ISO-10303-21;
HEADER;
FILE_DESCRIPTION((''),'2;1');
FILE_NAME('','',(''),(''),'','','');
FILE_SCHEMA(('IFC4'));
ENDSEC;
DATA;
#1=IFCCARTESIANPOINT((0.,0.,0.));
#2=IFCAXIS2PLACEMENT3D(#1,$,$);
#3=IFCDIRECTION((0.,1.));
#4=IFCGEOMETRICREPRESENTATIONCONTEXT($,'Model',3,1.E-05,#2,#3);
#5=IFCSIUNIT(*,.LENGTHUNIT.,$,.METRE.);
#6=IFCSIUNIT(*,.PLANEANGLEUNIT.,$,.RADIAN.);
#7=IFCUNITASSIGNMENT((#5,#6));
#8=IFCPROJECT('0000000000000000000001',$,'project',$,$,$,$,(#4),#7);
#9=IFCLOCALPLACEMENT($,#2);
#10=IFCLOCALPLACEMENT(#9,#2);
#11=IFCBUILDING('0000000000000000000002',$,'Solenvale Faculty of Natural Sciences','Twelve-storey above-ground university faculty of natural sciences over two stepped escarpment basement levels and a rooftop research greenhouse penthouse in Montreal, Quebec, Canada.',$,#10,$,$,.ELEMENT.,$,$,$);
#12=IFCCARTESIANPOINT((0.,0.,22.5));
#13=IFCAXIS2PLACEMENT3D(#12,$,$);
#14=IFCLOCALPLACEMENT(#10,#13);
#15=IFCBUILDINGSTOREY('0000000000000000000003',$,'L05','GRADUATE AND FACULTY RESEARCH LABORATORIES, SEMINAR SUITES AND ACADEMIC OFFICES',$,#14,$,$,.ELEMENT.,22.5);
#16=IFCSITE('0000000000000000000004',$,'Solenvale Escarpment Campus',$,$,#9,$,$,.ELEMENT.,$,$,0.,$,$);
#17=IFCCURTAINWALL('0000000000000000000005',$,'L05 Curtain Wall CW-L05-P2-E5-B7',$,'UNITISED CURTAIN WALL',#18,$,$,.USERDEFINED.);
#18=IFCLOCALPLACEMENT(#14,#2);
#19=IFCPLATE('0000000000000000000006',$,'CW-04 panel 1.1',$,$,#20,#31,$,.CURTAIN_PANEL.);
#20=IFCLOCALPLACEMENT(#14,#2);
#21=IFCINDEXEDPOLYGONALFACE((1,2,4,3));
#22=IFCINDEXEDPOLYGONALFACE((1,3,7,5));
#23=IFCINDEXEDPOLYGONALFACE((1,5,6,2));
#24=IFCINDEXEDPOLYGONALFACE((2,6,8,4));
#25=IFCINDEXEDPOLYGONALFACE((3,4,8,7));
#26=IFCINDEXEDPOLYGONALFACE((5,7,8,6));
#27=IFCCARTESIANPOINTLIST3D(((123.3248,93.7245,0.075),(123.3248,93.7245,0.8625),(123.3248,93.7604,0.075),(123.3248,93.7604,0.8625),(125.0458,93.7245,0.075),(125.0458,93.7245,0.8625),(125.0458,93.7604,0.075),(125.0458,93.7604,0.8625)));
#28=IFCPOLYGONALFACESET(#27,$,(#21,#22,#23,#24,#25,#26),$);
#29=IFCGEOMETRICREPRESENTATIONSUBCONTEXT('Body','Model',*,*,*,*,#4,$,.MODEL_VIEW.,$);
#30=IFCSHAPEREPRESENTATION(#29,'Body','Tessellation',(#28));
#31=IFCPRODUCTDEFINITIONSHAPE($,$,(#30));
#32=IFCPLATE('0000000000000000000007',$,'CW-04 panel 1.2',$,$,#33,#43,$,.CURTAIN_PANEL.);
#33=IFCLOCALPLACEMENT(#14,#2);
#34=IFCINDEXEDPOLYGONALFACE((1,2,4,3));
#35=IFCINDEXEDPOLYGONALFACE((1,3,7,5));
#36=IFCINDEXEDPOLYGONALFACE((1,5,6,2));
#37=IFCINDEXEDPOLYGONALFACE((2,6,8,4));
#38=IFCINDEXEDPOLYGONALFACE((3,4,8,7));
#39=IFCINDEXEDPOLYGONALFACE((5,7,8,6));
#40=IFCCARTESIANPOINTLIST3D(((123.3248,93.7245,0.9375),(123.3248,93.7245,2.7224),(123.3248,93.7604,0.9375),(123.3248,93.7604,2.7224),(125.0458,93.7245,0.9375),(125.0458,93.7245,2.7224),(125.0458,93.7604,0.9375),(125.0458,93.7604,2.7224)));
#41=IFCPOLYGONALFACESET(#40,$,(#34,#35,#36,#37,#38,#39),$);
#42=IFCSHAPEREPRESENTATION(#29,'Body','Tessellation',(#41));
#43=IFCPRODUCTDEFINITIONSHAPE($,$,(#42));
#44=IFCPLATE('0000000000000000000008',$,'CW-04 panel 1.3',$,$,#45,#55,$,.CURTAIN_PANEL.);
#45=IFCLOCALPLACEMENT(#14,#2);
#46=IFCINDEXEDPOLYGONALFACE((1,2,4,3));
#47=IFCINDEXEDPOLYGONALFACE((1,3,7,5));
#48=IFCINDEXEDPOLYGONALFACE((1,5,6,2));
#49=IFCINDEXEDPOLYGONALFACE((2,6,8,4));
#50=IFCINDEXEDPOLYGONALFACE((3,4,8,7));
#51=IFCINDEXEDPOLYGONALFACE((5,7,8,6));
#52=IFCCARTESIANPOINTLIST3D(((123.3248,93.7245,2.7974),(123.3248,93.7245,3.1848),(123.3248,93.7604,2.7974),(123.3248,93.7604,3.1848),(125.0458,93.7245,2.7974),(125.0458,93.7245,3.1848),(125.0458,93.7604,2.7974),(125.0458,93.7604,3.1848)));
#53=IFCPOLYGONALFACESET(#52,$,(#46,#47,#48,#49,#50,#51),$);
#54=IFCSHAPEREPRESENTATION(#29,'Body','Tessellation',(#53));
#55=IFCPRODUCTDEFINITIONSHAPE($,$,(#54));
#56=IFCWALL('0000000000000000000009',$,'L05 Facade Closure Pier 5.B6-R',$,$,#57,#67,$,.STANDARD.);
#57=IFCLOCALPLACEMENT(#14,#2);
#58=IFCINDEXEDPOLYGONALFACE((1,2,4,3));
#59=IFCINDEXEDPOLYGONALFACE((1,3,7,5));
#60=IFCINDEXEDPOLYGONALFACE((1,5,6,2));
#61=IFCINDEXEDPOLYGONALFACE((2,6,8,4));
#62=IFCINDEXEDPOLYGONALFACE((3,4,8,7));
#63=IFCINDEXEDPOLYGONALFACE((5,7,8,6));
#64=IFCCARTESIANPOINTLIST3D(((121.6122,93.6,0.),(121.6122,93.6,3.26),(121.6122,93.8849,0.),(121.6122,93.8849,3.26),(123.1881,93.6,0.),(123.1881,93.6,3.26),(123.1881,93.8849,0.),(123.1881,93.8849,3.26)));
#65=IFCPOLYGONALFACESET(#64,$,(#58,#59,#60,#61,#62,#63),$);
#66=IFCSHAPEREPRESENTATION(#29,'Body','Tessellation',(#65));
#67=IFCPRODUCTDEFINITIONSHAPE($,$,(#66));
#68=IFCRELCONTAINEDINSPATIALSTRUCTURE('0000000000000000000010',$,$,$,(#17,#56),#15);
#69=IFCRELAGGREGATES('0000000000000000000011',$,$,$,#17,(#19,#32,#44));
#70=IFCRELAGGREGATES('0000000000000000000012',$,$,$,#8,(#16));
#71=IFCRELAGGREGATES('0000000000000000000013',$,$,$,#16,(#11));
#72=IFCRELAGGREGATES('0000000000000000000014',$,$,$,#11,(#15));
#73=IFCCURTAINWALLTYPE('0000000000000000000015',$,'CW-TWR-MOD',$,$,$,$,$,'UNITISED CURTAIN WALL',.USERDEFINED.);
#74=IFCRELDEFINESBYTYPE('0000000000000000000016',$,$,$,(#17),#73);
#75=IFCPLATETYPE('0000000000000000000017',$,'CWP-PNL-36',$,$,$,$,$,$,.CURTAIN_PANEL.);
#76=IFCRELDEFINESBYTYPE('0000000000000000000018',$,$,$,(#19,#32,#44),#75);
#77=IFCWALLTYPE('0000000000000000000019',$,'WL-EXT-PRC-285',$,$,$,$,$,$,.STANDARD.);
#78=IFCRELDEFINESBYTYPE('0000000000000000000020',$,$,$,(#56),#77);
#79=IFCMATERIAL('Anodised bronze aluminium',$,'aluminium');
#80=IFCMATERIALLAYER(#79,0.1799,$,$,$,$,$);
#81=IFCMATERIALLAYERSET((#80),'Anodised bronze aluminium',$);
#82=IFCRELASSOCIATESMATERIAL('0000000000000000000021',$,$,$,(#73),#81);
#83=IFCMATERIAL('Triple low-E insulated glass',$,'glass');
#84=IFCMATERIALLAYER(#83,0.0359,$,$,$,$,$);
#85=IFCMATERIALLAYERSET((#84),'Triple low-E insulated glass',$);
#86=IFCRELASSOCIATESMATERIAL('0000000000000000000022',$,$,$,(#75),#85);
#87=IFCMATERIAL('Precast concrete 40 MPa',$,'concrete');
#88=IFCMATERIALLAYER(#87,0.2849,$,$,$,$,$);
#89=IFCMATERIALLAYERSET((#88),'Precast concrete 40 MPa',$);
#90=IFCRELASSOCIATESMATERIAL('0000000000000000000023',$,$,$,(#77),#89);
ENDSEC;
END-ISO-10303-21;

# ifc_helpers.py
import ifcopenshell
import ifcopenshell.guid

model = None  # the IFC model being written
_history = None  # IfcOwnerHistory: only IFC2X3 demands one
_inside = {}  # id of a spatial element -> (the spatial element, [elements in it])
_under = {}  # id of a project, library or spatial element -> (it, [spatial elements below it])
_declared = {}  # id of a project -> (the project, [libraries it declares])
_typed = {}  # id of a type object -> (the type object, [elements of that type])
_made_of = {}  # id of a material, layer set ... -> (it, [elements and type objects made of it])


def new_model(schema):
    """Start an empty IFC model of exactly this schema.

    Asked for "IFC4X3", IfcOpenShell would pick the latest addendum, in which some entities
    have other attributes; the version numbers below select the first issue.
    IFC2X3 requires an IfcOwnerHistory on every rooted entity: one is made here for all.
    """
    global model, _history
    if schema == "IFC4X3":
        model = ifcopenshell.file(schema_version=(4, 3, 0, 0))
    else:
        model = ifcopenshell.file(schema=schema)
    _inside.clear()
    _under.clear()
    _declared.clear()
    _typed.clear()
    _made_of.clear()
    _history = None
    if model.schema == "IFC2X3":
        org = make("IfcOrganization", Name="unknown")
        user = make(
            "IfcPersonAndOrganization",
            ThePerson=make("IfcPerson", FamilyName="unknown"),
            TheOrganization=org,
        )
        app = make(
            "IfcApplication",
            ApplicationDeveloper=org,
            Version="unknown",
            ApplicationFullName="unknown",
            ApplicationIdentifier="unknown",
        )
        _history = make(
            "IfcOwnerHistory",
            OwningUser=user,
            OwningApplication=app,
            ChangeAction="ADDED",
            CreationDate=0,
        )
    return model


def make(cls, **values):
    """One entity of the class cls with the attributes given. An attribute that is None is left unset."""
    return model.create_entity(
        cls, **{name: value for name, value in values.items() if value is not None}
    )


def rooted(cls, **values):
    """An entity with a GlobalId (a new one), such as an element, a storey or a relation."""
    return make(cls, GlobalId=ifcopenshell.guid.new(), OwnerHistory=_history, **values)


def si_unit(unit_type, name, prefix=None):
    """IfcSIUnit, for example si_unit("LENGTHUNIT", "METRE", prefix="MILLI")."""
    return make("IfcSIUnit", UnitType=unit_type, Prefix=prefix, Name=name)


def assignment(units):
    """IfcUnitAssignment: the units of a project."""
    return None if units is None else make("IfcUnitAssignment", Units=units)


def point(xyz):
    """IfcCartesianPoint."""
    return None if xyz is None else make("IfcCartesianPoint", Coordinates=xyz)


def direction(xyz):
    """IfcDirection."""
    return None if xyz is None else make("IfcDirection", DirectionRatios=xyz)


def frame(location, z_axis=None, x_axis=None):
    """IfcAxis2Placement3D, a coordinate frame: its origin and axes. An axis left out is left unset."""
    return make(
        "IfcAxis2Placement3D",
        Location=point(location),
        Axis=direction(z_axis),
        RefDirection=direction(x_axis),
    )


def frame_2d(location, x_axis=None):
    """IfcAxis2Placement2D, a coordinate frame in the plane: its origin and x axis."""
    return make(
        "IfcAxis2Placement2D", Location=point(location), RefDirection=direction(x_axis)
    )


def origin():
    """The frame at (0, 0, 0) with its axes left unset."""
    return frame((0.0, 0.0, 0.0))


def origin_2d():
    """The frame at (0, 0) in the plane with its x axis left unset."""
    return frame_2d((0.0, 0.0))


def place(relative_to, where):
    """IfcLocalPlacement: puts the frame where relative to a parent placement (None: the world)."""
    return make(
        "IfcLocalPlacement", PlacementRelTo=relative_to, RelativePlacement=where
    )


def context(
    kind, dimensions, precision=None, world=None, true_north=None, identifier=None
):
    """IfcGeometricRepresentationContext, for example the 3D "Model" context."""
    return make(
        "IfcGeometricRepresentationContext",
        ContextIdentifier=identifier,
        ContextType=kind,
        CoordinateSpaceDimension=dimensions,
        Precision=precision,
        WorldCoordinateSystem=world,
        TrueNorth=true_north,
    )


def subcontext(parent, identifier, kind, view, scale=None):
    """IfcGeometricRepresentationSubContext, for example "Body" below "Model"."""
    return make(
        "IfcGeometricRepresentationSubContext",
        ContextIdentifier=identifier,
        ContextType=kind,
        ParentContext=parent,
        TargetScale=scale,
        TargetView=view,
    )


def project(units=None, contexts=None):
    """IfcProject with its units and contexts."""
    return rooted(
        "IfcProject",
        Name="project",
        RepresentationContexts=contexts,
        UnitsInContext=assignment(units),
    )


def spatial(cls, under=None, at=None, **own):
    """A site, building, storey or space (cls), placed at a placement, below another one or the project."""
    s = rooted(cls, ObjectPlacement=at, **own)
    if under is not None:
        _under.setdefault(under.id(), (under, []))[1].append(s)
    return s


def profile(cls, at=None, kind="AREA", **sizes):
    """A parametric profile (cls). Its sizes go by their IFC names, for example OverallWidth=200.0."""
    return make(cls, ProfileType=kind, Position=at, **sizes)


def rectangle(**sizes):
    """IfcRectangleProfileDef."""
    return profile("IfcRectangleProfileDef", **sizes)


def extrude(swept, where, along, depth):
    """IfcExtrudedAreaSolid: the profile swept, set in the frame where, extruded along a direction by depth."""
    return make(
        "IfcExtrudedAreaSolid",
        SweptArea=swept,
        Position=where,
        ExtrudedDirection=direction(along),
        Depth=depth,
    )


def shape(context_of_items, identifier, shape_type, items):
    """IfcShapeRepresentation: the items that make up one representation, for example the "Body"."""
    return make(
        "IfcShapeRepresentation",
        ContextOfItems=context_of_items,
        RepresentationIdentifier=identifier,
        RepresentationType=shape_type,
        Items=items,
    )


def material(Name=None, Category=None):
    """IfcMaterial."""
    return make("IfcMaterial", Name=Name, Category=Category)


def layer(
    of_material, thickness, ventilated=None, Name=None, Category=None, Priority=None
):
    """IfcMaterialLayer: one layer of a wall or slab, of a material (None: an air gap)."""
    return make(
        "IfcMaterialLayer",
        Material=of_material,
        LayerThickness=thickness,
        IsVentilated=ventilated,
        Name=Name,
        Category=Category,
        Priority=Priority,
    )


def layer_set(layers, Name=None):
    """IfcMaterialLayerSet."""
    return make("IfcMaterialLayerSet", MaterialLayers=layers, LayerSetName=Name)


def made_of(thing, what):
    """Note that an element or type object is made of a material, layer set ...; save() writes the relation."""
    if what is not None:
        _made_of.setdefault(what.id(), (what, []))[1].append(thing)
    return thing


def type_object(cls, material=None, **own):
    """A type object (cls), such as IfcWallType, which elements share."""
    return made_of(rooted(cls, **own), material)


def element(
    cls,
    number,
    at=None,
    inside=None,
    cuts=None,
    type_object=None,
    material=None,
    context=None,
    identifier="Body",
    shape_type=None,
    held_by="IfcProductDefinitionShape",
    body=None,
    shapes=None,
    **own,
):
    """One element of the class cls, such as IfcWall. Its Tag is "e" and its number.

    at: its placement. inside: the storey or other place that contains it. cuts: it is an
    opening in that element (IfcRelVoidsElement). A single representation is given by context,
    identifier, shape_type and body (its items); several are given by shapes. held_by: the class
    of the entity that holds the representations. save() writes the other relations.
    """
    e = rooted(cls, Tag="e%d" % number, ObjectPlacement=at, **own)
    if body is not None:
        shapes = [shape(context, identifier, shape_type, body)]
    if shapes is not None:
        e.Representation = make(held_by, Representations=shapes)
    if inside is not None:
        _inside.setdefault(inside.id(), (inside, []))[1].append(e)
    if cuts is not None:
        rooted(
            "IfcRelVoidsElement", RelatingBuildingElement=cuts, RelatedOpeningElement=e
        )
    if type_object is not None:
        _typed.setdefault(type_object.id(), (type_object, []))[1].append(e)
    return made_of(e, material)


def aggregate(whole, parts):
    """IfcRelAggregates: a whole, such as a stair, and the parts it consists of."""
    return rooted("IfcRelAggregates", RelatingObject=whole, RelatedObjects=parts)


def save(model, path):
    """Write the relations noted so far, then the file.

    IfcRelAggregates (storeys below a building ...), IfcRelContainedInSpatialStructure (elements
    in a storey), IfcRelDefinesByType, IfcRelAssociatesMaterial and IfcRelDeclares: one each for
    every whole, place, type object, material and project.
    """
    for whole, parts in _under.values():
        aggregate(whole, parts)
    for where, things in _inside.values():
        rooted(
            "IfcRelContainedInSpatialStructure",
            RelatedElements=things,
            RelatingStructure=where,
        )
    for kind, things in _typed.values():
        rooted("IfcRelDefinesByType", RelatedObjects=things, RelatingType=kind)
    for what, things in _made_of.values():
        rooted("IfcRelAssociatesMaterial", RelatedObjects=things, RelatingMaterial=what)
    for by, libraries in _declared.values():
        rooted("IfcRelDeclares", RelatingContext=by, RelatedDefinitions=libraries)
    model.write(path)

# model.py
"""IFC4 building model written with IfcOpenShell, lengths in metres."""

from ifc_helpers import new_model, si_unit, direction, frame, frame_2d, origin, origin_2d, place, context, subcontext, project, spatial, rectangle, extrude, material, layer, layer_set, type_object, element, aggregate, save


model = new_model("IFC4")

# Units and contexts
model_context = context("Model", 3, precision=1e-05, world=origin(), true_north=direction((0.0, 1.0)))
body_context = subcontext(model_context, "Body", "Model", "MODEL_VIEW")
ifc_project = project(units=[si_unit("LENGTHUNIT", "METRE"), si_unit("PLANEANGLEUNIT", "RADIAN")], contexts=[model_context])

# Site, building, storey
site_placement = place(None, origin())
site = spatial("IfcSite", under=ifc_project, at=site_placement, Name="Solenvale Escarpment Campus", CompositionType="ELEMENT", RefElevation=0.0)
building_placement = place(site_placement, origin())
building = spatial("IfcBuilding", under=site, at=building_placement, Name="Solenvale Faculty of Natural Sciences", Description="Twelve-storey above-ground university faculty of natural sciences over two stepped escarpment basement levels and a rooftop research greenhouse penthouse in Montreal, Quebec, Canada.", CompositionType="ELEMENT")
storey_placement = place(building_placement, frame((0.0, 0.0, 22.5)))
storey = spatial("IfcBuildingStorey", under=building, at=storey_placement, Name="L05", Description="GRADUATE AND FACULTY RESEARCH LABORATORIES, SEMINAR SUITES AND ACADEMIC OFFICES", CompositionType="ELEMENT", Elevation=22.5)

# Shared definitions
ifc_material_1 = material(Name="Anodised bronze aluminium", Category="aluminium")
ifc_layer_1 = layer(ifc_material_1, 0.1799)
ifc_layer_set_1 = layer_set([ifc_layer_1], Name="Anodised bronze aluminium")
curtain_wall_type = type_object("IfcCurtainWallType", Name="CW-TWR-MOD", ElementType="UNITISED CURTAIN WALL", PredefinedType="USERDEFINED", material=ifc_layer_set_1)

# Curtain wall
curtain_wall_1_placement = place(storey_placement, origin())
curtain_wall_1 = element("IfcCurtainWall", 1, at=curtain_wall_1_placement, inside=storey, type_object=curtain_wall_type, Name="L05 Curtain Wall CW-L05-P2-E5-B7", ObjectType="UNITISED CURTAIN WALL", PredefinedType="USERDEFINED")

# Plates
ifc_material_2 = material(Name="Triple low-E insulated glass", Category="glass")
ifc_layer_2 = layer(ifc_material_2, 0.0359)
ifc_layer_set_2 = layer_set([ifc_layer_2], Name="Triple low-E insulated glass")
plate_type_1 = type_object("IfcPlateType", Name="CWP-PNL-36", PredefinedType="CURTAIN_PANEL", material=ifc_layer_set_2)
plate_1_placement = place(storey_placement, frame((124.1853, 93.7424, 0.075), z_axis=(0.0, 0.0, 1.0), x_axis=(1.0, 0.0, 0.0)))
plate_1 = element("IfcPlate", 2, at=plate_1_placement, type_object=plate_type_1, Name="CW-04 panel 1.1", PredefinedType="CURTAIN_PANEL", context=body_context, shape_type="SweptSolid", body=[
    extrude(rectangle(XDim=1.7209, YDim=0.0359, at=origin_2d()), origin(), (0.0, 0.0, 1.0), 0.7876),
])
plate_2_placement = place(storey_placement, frame((124.1853, 93.7424, 0.9375), z_axis=(0.0, 0.0, 1.0), x_axis=(1.0, 0.0, 0.0)))
plate_2 = element("IfcPlate", 3, at=plate_2_placement, type_object=plate_type_1, Name="CW-04 panel 1.2", PredefinedType="CURTAIN_PANEL", context=body_context, shape_type="SweptSolid", body=[
    extrude(rectangle(XDim=1.7209, YDim=0.0359, at=origin_2d()), origin(), (0.0, 0.0, 1.0), 1.7849),
])
plate_3_placement = place(storey_placement, frame((124.1853, 93.7424, 2.7974), z_axis=(0.0, 0.0, 1.0), x_axis=(1.0, 0.0, 0.0)))
plate_3 = element("IfcPlate", 4, at=plate_3_placement, type_object=plate_type_1, Name="CW-04 panel 1.3", PredefinedType="CURTAIN_PANEL", context=body_context, shape_type="SweptSolid", body=[
    extrude(rectangle(XDim=1.7209, YDim=0.0359, at=origin_2d()), origin(), (0.0, 0.0, 1.0), 0.3875),
])
aggregate(curtain_wall_1, [plate_1, plate_2, plate_3])

# Wall
ifc_material_3 = material(Name="Precast concrete 40 MPa", Category="concrete")
ifc_layer_3 = layer(ifc_material_3, 0.2849)
ifc_layer_set_3 = layer_set([ifc_layer_3], Name="Precast concrete 40 MPa")
wall_type = type_object("IfcWallType", Name="WL-EXT-PRC-285", PredefinedType="STANDARD", material=ifc_layer_set_3)
wall_placement = place(storey_placement, frame((121.6121, 93.7424, 0.0), z_axis=(0.0, 0.0, 1.0), x_axis=(1.0, 0.0, 0.0)))
element("IfcWall", 5, at=wall_placement, inside=storey, type_object=wall_type, Name="L05 Facade Closure Pier 5.B6-R", PredefinedType="STANDARD", context=body_context, shape_type="SweptSolid", body=[
    extrude(rectangle(XDim=1.5759, YDim=0.2849, at=frame_2d((0.7881, 0.0))), origin(), (0.0, 0.0, 1.0), 3.26),
])

save(model, "model.ifc")
